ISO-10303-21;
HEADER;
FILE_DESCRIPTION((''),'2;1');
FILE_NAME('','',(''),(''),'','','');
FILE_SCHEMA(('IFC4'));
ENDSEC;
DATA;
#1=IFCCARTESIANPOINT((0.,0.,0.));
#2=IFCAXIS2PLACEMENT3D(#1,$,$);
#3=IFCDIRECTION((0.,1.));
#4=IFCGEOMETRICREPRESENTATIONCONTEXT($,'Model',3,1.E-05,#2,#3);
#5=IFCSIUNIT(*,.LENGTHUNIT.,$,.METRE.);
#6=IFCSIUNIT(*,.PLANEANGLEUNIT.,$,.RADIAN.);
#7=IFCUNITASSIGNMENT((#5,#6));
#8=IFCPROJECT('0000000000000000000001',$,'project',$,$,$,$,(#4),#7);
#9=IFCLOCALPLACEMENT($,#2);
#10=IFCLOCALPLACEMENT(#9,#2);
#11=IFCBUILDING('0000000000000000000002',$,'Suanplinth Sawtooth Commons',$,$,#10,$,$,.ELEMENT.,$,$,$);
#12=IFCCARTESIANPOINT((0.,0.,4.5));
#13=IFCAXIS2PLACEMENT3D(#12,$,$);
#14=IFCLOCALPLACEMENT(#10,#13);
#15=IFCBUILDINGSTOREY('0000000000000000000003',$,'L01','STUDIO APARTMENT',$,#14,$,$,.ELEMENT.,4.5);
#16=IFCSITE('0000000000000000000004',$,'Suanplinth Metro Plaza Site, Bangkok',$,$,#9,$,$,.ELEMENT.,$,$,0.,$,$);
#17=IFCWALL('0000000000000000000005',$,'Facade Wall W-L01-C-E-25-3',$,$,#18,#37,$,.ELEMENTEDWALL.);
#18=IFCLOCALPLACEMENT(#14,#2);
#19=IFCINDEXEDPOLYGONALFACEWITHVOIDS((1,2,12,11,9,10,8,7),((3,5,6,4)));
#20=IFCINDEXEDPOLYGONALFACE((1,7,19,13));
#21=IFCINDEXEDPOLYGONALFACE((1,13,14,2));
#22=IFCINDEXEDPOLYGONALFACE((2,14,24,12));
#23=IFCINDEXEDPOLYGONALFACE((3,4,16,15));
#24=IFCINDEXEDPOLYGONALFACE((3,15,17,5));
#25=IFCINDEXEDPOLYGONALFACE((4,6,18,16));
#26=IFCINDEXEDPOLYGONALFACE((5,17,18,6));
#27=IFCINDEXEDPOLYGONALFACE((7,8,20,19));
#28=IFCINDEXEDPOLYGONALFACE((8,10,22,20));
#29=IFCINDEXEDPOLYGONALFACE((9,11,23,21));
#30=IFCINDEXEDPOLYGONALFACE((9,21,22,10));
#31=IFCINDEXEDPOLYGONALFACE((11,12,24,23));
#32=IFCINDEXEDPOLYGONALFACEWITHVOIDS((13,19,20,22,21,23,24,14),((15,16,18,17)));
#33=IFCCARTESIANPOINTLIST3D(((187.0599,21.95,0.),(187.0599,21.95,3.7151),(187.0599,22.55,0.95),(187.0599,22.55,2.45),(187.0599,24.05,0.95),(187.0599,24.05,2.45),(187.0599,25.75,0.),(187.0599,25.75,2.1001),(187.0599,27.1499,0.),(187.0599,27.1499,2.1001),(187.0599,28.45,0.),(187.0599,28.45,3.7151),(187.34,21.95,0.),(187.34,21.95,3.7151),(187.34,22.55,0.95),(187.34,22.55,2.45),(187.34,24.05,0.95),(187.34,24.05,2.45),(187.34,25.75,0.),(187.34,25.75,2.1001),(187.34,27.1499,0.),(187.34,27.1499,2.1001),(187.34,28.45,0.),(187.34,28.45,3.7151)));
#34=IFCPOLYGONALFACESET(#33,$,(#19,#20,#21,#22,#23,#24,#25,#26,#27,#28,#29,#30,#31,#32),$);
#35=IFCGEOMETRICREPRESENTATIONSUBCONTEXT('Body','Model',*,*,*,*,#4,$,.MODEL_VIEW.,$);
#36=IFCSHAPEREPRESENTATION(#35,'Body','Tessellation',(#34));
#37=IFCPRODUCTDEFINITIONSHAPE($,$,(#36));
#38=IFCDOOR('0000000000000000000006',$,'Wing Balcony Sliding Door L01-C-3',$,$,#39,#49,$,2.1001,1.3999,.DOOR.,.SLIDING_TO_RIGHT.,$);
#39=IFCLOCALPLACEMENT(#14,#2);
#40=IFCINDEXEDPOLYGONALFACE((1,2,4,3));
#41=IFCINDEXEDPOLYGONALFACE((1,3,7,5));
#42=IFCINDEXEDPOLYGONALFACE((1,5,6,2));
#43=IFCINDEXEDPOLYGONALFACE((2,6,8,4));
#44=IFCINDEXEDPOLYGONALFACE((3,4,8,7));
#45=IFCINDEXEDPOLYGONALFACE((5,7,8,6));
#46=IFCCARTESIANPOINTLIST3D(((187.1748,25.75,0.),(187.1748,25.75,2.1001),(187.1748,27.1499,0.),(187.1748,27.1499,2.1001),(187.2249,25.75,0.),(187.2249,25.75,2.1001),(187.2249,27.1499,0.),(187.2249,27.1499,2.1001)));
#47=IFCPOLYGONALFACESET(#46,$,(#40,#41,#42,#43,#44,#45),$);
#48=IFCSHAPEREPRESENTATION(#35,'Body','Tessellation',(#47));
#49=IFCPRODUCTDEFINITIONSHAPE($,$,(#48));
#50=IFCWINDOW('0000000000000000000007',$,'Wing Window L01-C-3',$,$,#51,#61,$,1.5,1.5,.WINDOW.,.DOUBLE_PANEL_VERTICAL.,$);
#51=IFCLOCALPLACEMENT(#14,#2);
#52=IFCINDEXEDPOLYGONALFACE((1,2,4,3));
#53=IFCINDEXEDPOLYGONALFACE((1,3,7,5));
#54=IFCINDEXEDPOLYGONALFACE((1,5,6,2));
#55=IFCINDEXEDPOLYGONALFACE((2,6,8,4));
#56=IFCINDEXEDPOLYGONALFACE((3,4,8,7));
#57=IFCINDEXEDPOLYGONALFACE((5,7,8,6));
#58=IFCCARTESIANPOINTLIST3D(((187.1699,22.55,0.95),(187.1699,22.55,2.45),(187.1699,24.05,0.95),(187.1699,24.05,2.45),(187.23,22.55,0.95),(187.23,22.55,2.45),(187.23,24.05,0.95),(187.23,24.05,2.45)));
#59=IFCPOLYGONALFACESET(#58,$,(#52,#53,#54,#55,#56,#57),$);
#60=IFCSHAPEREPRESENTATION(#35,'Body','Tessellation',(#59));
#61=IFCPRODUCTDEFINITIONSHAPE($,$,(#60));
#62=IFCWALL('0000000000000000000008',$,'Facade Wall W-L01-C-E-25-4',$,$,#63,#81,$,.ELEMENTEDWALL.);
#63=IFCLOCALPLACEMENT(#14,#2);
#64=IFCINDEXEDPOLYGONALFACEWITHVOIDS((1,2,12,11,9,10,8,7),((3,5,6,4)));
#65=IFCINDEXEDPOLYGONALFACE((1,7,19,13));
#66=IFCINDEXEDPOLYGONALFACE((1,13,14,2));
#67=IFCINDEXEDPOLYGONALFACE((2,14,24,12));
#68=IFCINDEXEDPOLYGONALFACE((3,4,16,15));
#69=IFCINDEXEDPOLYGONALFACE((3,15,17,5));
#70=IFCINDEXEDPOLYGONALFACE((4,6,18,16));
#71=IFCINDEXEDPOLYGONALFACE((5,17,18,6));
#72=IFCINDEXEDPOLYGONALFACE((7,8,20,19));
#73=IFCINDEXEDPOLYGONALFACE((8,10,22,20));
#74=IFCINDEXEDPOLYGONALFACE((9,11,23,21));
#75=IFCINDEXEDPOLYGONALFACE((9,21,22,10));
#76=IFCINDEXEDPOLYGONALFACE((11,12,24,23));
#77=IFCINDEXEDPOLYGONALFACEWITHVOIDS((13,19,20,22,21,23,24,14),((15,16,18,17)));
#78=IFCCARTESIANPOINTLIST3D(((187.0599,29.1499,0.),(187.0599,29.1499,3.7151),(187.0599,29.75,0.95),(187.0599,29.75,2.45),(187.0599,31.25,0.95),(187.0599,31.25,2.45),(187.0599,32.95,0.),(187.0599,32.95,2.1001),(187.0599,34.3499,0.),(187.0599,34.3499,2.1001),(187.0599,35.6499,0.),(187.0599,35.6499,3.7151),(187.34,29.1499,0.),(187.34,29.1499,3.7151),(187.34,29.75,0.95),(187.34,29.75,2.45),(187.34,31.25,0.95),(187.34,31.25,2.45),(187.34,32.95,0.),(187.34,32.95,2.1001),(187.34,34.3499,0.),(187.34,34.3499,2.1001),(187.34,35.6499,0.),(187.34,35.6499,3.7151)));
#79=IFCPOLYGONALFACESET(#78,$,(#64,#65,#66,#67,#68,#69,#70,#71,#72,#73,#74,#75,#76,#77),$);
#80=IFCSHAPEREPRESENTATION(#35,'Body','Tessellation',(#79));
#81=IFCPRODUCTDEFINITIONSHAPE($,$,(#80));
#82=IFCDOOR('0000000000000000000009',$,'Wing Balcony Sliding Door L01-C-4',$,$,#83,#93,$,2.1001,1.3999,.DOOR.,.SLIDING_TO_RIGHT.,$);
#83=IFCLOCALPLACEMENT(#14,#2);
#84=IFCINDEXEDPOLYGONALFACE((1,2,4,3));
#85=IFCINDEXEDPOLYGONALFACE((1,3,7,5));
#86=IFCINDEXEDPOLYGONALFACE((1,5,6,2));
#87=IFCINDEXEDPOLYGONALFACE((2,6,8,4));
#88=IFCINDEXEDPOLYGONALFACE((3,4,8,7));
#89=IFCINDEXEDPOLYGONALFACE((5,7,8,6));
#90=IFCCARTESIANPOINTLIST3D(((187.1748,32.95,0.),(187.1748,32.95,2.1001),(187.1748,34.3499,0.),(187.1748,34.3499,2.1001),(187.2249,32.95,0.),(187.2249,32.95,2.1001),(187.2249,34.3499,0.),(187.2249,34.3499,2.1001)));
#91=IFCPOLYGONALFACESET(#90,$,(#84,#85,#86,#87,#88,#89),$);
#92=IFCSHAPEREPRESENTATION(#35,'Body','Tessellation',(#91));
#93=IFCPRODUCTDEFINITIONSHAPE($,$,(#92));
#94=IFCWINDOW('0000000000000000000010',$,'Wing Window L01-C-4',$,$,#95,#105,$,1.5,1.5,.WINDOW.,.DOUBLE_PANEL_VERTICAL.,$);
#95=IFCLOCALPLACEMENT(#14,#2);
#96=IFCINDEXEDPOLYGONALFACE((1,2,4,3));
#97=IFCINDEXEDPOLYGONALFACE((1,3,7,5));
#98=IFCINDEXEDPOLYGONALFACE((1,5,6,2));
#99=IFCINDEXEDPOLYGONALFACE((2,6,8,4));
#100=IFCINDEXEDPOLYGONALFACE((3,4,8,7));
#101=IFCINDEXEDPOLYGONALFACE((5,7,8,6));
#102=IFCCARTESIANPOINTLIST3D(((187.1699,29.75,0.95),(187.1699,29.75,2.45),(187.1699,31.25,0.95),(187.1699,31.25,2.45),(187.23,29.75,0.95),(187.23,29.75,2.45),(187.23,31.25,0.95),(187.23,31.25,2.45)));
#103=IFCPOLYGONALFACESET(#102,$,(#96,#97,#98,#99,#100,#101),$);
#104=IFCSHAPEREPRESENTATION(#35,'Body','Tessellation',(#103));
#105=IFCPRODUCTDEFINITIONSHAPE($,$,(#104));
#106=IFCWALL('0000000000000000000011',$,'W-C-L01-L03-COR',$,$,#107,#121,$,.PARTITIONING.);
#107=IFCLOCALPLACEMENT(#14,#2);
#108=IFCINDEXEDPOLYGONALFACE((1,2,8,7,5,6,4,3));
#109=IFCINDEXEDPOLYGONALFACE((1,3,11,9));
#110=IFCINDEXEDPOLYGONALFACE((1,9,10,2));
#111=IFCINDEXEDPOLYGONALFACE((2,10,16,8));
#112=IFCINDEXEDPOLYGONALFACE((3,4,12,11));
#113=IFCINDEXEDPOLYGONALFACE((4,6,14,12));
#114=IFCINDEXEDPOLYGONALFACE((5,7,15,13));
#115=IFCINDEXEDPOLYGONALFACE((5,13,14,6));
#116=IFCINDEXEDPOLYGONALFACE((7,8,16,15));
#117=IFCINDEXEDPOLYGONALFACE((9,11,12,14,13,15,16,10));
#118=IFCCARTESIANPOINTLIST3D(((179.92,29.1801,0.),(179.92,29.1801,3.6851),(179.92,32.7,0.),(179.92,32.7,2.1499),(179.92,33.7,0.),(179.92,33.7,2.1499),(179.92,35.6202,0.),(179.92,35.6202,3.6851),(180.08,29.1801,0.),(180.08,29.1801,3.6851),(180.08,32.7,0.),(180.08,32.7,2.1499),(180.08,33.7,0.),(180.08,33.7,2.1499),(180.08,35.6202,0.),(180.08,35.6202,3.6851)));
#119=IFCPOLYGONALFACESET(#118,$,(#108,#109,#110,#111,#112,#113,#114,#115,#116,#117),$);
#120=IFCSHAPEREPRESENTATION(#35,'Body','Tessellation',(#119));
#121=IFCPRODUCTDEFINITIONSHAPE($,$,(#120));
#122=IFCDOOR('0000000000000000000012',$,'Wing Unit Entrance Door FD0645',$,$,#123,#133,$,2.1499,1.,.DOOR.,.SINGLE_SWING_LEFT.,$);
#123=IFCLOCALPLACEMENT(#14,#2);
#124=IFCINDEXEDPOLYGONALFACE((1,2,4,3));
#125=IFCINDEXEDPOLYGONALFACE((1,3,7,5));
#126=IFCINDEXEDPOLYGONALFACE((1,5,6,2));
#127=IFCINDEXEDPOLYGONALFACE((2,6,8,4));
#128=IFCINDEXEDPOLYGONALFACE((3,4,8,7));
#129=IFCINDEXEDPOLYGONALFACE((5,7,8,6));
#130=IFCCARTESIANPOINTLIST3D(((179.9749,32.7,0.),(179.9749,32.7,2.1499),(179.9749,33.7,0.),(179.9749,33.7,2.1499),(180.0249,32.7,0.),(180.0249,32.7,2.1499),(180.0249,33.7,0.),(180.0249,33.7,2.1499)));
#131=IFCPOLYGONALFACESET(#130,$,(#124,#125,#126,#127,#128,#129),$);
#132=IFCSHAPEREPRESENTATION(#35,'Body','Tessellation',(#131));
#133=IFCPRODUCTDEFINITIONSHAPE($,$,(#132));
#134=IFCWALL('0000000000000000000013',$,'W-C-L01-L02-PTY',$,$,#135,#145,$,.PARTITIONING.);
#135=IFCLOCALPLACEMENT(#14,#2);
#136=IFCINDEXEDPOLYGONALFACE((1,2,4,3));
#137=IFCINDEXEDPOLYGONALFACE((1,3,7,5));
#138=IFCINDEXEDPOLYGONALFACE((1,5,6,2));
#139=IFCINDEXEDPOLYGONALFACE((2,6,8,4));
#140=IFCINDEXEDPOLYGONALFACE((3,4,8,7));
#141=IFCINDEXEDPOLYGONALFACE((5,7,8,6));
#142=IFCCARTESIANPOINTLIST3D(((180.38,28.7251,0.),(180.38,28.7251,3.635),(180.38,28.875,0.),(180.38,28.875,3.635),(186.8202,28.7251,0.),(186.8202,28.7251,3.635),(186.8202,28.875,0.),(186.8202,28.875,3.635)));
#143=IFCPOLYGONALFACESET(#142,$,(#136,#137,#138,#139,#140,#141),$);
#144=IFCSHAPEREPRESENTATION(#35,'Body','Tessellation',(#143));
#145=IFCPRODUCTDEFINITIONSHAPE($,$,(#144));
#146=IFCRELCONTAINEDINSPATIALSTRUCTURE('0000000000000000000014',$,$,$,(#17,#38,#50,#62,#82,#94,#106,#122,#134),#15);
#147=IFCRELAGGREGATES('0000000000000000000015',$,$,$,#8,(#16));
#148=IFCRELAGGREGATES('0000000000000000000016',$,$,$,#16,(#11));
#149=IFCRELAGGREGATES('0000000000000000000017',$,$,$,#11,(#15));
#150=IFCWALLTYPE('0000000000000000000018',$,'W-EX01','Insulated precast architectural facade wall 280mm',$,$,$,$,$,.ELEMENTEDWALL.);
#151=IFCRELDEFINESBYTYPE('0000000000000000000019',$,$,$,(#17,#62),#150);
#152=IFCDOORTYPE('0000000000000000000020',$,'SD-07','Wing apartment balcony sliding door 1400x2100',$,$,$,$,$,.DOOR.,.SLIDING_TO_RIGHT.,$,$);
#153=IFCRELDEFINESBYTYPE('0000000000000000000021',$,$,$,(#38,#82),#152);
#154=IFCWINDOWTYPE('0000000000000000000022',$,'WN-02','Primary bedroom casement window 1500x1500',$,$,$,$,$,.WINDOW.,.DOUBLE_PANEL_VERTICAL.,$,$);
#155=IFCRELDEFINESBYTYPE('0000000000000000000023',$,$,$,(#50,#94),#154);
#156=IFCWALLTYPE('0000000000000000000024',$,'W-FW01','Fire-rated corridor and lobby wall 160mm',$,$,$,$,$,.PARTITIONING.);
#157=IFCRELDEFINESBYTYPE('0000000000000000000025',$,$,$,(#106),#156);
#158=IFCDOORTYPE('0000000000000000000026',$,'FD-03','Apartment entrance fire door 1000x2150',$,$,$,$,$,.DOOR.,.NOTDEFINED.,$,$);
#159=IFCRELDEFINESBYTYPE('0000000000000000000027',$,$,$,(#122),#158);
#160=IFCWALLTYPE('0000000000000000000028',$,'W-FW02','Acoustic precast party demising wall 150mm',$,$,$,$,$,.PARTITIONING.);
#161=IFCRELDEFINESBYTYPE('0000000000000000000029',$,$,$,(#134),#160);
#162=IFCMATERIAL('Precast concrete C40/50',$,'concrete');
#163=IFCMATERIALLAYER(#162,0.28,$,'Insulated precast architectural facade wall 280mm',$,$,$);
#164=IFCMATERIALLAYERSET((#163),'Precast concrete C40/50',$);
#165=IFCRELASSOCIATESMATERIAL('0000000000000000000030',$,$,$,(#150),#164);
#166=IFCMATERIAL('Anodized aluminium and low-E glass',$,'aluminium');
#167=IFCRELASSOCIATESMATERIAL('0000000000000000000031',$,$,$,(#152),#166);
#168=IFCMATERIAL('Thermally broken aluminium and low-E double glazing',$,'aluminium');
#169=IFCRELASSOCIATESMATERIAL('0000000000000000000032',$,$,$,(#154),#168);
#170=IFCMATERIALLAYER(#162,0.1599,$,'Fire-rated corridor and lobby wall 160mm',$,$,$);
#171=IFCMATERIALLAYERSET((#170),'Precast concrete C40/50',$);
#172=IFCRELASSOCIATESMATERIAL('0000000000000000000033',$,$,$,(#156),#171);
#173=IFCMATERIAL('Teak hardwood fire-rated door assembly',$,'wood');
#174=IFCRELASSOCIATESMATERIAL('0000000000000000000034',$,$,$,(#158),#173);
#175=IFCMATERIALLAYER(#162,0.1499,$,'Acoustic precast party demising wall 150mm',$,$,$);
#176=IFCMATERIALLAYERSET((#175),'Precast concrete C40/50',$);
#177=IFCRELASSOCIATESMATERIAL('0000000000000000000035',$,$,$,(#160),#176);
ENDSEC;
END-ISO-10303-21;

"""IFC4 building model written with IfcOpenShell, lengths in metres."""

from ifc_helpers import new_model, si_unit, direction, frame, frame_2d, origin, place, context, subcontext, project, spatial, rectangle, extrude, material, layer, layer_set, type_object, element, fill, save


model = new_model("IFC4")

# Units and contexts
model_context = context("Model", 3, precision=1e-05, world=origin(), true_north=direction((0.0, 1.0)))
body_context = subcontext(model_context, "Body", "Model", "MODEL_VIEW")
ifc_project = project(units=[si_unit("LENGTHUNIT", "METRE"), si_unit("PLANEANGLEUNIT", "RADIAN")], contexts=[model_context])

# Site, building, storey
site_placement = place(None, origin())
site = spatial("IfcSite", under=ifc_project, at=site_placement, Name="Suanplinth Metro Plaza Site, Bangkok", CompositionType="ELEMENT", RefElevation=0.0)
building_placement = place(site_placement, origin())
building = spatial("IfcBuilding", under=site, at=building_placement, Name="Suanplinth Sawtooth Commons", CompositionType="ELEMENT")
storey_placement = place(building_placement, frame((0.0, 0.0, 4.5)))
storey = spatial("IfcBuildingStorey", under=building, at=storey_placement, Name="L01", Description="STUDIO APARTMENT", CompositionType="ELEMENT", Elevation=4.5)

# Shared definitions
ifc_material_1 = material(Name="Precast concrete C40/50", Category="concrete")

# Walls, openings, doors, windows
ifc_layer_1 = layer(ifc_material_1, 0.28, Name="Insulated precast architectural facade wall 280mm")
ifc_layer_set_1 = layer_set([ifc_layer_1], Name="Precast concrete C40/50")
wall_type_1 = type_object("IfcWallType", Name="W-EX01", Description="Insulated precast architectural facade wall 280mm", PredefinedType="ELEMENTEDWALL", material=ifc_layer_set_1)
wall_1_placement = place(storey_placement, frame((187.2, 21.95, 0.0), z_axis=(0.0, 0.0, 1.0), x_axis=(0.0, 1.0, 0.0)))
wall_1 = element("IfcWall", 1, at=wall_1_placement, inside=storey, type_object=wall_type_1, Name="Facade Wall W-L01-C-E-25-3", PredefinedType="ELEMENTEDWALL", context=body_context, shape_type="SweptSolid", body=[
    extrude(rectangle(XDim=6.5, YDim=0.28, at=frame_2d((3.25, 0.0))), origin(), (0.0, 0.0, 1.0), 3.7151),
])
opening_1_placement = place(wall_1_placement, frame((3.8, 0.0, 0.0)))
opening_1 = element("IfcOpeningElement", 2, at=opening_1_placement, cuts=wall_1, PredefinedType="OPENING", context=body_context, shape_type="SweptSolid", body=[
    extrude(rectangle(XDim=1.3999, YDim=2.1001, at=frame_2d((0.7, 1.05))), frame((0.0, 0.1548, 0.0), z_axis=(0.0, -1.0, 0.0), x_axis=(1.0, 0.0, 0.0)), (0.0, 0.0, 1.0), 0.3098),
])
opening_2_placement = place(wall_1_placement, frame((0.6001, 0.0, 0.95)))
opening_2 = element("IfcOpeningElement", 3, at=opening_2_placement, cuts=wall_1, PredefinedType="OPENING", context=body_context, shape_type="SweptSolid", body=[
    extrude(rectangle(XDim=1.5, YDim=1.5, at=frame_2d((0.75, 0.75))), frame((0.0, 0.1548, 0.0), z_axis=(0.0, -1.0, 0.0), x_axis=(1.0, 0.0, 0.0)), (0.0, 0.0, 1.0), 0.3098),
])
ifc_material_2 = material(Name="Anodized aluminium and low-E glass", Category="aluminium")
door_type_1 = type_object("IfcDoorType", Name="SD-07", Description="Wing apartment balcony sliding door 1400x2100", OperationType="SLIDING_TO_RIGHT", PredefinedType="DOOR", material=ifc_material_2)
door_1_placement = place(opening_1_placement, frame((1.3999, 0.0, 0.0), z_axis=(0.0, 0.0, 1.0), x_axis=(-1.0, 0.0, 0.0)))
door_1 = element("IfcDoor", 4, at=door_1_placement, inside=storey, type_object=door_type_1, Name="Wing Balcony Sliding Door L01-C-3", OperationType="SLIDING_TO_RIGHT", OverallHeight=2.1001, OverallWidth=1.3999, PredefinedType="DOOR", context=body_context, shape_type="SweptSolid", body=[
    extrude(rectangle(XDim=1.3999, YDim=2.1001, at=frame_2d((0.7, 1.05))), frame((0.0, 0.0249, 0.0), z_axis=(0.0, -1.0, 0.0), x_axis=(1.0, 0.0, 0.0)), (0.0, 0.0, 1.0), 0.05),
])
fill(opening_1, door_1)
ifc_material_3 = material(Name="Thermally broken aluminium and low-E double glazing", Category="aluminium")
window_type = type_object("IfcWindowType", Name="WN-02", Description="Primary bedroom casement window 1500x1500", PartitioningType="DOUBLE_PANEL_VERTICAL", PredefinedType="WINDOW", material=ifc_material_3)
window_1_placement = place(opening_2_placement, origin())
window_1 = element("IfcWindow", 5, at=window_1_placement, inside=storey, type_object=window_type, Name="Wing Window L01-C-3", OverallHeight=1.5, OverallWidth=1.5, PartitioningType="DOUBLE_PANEL_VERTICAL", PredefinedType="WINDOW", context=body_context, shape_type="SweptSolid", body=[
    extrude(rectangle(XDim=1.5, YDim=1.5, at=frame_2d((0.75, 0.75))), frame((0.0, 0.03, 0.0), z_axis=(0.0, -1.0, 0.0), x_axis=(1.0, 0.0, 0.0)), (0.0, 0.0, 1.0), 0.0601),
])
fill(opening_2, window_1)
wall_2_placement = place(storey_placement, frame((187.2, 29.1499, 0.0), z_axis=(0.0, 0.0, 1.0), x_axis=(0.0, 1.0, 0.0)))
wall_2 = element("IfcWall", 6, at=wall_2_placement, inside=storey, type_object=wall_type_1, Name="Facade Wall W-L01-C-E-25-4", PredefinedType="ELEMENTEDWALL", context=body_context, shape_type="SweptSolid", body=[
    extrude(rectangle(XDim=6.5, YDim=0.28, at=frame_2d((3.25, 0.0))), origin(), (0.0, 0.0, 1.0), 3.7151),
])
opening_3_placement = place(wall_2_placement, frame((3.8, 0.0, 0.0)))
opening_3 = element("IfcOpeningElement", 7, at=opening_3_placement, cuts=wall_2, PredefinedType="OPENING", context=body_context, shape_type="SweptSolid", body=[
    extrude(rectangle(XDim=1.3999, YDim=2.1001, at=frame_2d((0.7, 1.05))), frame((0.0, 0.1548, 0.0), z_axis=(0.0, -1.0, 0.0), x_axis=(1.0, 0.0, 0.0)), (0.0, 0.0, 1.0), 0.3098),
])
opening_4_placement = place(wall_2_placement, frame((0.6001, 0.0, 0.95)))
opening_4 = element("IfcOpeningElement", 8, at=opening_4_placement, cuts=wall_2, PredefinedType="OPENING", context=body_context, shape_type="SweptSolid", body=[
    extrude(rectangle(XDim=1.5, YDim=1.5, at=frame_2d((0.75, 0.75))), frame((0.0, 0.1548, 0.0), z_axis=(0.0, -1.0, 0.0), x_axis=(1.0, 0.0, 0.0)), (0.0, 0.0, 1.0), 0.3098),
])
door_2_placement = place(opening_3_placement, frame((1.3999, 0.0, 0.0), z_axis=(0.0, 0.0, 1.0), x_axis=(-1.0, 0.0, 0.0)))
door_2 = element("IfcDoor", 9, at=door_2_placement, inside=storey, type_object=door_type_1, Name="Wing Balcony Sliding Door L01-C-4", OperationType="SLIDING_TO_RIGHT", OverallHeight=2.1001, OverallWidth=1.3999, PredefinedType="DOOR", context=body_context, shape_type="SweptSolid", body=[
    extrude(rectangle(XDim=1.3999, YDim=2.1001, at=frame_2d((0.7, 1.05))), frame((0.0, 0.0249, 0.0), z_axis=(0.0, -1.0, 0.0), x_axis=(1.0, 0.0, 0.0)), (0.0, 0.0, 1.0), 0.05),
])
fill(opening_3, door_2)
window_2_placement = place(opening_4_placement, origin())
window_2 = element("IfcWindow", 10, at=window_2_placement, inside=storey, type_object=window_type, Name="Wing Window L01-C-4", OverallHeight=1.5, OverallWidth=1.5, PartitioningType="DOUBLE_PANEL_VERTICAL", PredefinedType="WINDOW", context=body_context, shape_type="SweptSolid", body=[
    extrude(rectangle(XDim=1.5, YDim=1.5, at=frame_2d((0.75, 0.75))), frame((0.0, 0.03, 0.0), z_axis=(0.0, -1.0, 0.0), x_axis=(1.0, 0.0, 0.0)), (0.0, 0.0, 1.0), 0.0601),
])
fill(opening_4, window_2)

# Wall, opening, door
ifc_layer_2 = layer(ifc_material_1, 0.1599, Name="Fire-rated corridor and lobby wall 160mm")
ifc_layer_set_2 = layer_set([ifc_layer_2], Name="Precast concrete C40/50")
wall_type_2 = type_object("IfcWallType", Name="W-FW01", Description="Fire-rated corridor and lobby wall 160mm", PredefinedType="PARTITIONING", material=ifc_layer_set_2)
wall_3_placement = place(storey_placement, frame((180.0, 29.1799, 0.0), z_axis=(0.0, 0.0, 1.0), x_axis=(0.0, 1.0, 0.0)))
wall_3 = element("IfcWall", 11, at=wall_3_placement, inside=storey, type_object=wall_type_2, Name="W-C-L01-L03-COR", PredefinedType="PARTITIONING", context=body_context, shape_type="SweptSolid", body=[
    extrude(rectangle(XDim=6.4402, YDim=0.1599, at=frame_2d((3.2202, 0.0))), origin(), (0.0, 0.0, 1.0), 3.6851),
])
opening_5_placement = place(wall_3_placement, frame((3.52, 0.0, 0.0)))
opening_5 = element("IfcOpeningElement", 12, at=opening_5_placement, cuts=wall_3, PredefinedType="OPENING", context=body_context, shape_type="SweptSolid", body=[
    extrude(rectangle(XDim=1.0, YDim=2.1499, at=frame_2d((0.5, 1.075))), frame((0.0, 0.0947, 0.0), z_axis=(0.0, -1.0, 0.0), x_axis=(1.0, 0.0, 0.0)), (0.0, 0.0, 1.0), 0.1897),
])
ifc_material_4 = material(Name="Teak hardwood fire-rated door assembly", Category="wood")
door_type_2 = type_object("IfcDoorType", Name="FD-03", Description="Apartment entrance fire door 1000x2150", OperationType="NOTDEFINED", PredefinedType="DOOR", material=ifc_material_4)
door_3_placement = place(opening_5_placement, frame((1.0, 0.0, 0.0), z_axis=(0.0, 0.0, 1.0), x_axis=(-1.0, 0.0, 0.0)))
door_3 = element("IfcDoor", 13, at=door_3_placement, inside=storey, type_object=door_type_2, Name="Wing Unit Entrance Door FD0645", OperationType="SINGLE_SWING_LEFT", OverallHeight=2.1499, OverallWidth=1.0, PredefinedType="DOOR", context=body_context, shape_type="SweptSolid", body=[
    extrude(rectangle(XDim=1.0, YDim=2.1499, at=frame_2d((0.5, 1.075))), frame((0.0, 0.0249, 0.0), z_axis=(0.0, -1.0, 0.0), x_axis=(1.0, 0.0, 0.0)), (0.0, 0.0, 1.0), 0.05),
])
fill(opening_5, door_3)

# Wall
ifc_layer_3 = layer(ifc_material_1, 0.1499, Name="Acoustic precast party demising wall 150mm")
ifc_layer_set_3 = layer_set([ifc_layer_3], Name="Precast concrete C40/50")
wall_type_3 = type_object("IfcWallType", Name="W-FW02", Description="Acoustic precast party demising wall 150mm", PredefinedType="PARTITIONING", material=ifc_layer_set_3)
wall_4_placement = place(storey_placement, frame((180.3799, 28.8, 0.0), z_axis=(0.0, 0.0, 1.0), x_axis=(1.0, 0.0, 0.0)))
element("IfcWall", 14, at=wall_4_placement, inside=storey, type_object=wall_type_3, Name="W-C-L01-L02-PTY", PredefinedType="PARTITIONING", context=body_context, shape_type="SweptSolid", body=[
    extrude(rectangle(XDim=6.4402, YDim=0.1499, at=frame_2d((3.2202, 0.0))), origin(), (0.0, 0.0, 1.0), 3.635),
])

save(model, "model.ifc")
